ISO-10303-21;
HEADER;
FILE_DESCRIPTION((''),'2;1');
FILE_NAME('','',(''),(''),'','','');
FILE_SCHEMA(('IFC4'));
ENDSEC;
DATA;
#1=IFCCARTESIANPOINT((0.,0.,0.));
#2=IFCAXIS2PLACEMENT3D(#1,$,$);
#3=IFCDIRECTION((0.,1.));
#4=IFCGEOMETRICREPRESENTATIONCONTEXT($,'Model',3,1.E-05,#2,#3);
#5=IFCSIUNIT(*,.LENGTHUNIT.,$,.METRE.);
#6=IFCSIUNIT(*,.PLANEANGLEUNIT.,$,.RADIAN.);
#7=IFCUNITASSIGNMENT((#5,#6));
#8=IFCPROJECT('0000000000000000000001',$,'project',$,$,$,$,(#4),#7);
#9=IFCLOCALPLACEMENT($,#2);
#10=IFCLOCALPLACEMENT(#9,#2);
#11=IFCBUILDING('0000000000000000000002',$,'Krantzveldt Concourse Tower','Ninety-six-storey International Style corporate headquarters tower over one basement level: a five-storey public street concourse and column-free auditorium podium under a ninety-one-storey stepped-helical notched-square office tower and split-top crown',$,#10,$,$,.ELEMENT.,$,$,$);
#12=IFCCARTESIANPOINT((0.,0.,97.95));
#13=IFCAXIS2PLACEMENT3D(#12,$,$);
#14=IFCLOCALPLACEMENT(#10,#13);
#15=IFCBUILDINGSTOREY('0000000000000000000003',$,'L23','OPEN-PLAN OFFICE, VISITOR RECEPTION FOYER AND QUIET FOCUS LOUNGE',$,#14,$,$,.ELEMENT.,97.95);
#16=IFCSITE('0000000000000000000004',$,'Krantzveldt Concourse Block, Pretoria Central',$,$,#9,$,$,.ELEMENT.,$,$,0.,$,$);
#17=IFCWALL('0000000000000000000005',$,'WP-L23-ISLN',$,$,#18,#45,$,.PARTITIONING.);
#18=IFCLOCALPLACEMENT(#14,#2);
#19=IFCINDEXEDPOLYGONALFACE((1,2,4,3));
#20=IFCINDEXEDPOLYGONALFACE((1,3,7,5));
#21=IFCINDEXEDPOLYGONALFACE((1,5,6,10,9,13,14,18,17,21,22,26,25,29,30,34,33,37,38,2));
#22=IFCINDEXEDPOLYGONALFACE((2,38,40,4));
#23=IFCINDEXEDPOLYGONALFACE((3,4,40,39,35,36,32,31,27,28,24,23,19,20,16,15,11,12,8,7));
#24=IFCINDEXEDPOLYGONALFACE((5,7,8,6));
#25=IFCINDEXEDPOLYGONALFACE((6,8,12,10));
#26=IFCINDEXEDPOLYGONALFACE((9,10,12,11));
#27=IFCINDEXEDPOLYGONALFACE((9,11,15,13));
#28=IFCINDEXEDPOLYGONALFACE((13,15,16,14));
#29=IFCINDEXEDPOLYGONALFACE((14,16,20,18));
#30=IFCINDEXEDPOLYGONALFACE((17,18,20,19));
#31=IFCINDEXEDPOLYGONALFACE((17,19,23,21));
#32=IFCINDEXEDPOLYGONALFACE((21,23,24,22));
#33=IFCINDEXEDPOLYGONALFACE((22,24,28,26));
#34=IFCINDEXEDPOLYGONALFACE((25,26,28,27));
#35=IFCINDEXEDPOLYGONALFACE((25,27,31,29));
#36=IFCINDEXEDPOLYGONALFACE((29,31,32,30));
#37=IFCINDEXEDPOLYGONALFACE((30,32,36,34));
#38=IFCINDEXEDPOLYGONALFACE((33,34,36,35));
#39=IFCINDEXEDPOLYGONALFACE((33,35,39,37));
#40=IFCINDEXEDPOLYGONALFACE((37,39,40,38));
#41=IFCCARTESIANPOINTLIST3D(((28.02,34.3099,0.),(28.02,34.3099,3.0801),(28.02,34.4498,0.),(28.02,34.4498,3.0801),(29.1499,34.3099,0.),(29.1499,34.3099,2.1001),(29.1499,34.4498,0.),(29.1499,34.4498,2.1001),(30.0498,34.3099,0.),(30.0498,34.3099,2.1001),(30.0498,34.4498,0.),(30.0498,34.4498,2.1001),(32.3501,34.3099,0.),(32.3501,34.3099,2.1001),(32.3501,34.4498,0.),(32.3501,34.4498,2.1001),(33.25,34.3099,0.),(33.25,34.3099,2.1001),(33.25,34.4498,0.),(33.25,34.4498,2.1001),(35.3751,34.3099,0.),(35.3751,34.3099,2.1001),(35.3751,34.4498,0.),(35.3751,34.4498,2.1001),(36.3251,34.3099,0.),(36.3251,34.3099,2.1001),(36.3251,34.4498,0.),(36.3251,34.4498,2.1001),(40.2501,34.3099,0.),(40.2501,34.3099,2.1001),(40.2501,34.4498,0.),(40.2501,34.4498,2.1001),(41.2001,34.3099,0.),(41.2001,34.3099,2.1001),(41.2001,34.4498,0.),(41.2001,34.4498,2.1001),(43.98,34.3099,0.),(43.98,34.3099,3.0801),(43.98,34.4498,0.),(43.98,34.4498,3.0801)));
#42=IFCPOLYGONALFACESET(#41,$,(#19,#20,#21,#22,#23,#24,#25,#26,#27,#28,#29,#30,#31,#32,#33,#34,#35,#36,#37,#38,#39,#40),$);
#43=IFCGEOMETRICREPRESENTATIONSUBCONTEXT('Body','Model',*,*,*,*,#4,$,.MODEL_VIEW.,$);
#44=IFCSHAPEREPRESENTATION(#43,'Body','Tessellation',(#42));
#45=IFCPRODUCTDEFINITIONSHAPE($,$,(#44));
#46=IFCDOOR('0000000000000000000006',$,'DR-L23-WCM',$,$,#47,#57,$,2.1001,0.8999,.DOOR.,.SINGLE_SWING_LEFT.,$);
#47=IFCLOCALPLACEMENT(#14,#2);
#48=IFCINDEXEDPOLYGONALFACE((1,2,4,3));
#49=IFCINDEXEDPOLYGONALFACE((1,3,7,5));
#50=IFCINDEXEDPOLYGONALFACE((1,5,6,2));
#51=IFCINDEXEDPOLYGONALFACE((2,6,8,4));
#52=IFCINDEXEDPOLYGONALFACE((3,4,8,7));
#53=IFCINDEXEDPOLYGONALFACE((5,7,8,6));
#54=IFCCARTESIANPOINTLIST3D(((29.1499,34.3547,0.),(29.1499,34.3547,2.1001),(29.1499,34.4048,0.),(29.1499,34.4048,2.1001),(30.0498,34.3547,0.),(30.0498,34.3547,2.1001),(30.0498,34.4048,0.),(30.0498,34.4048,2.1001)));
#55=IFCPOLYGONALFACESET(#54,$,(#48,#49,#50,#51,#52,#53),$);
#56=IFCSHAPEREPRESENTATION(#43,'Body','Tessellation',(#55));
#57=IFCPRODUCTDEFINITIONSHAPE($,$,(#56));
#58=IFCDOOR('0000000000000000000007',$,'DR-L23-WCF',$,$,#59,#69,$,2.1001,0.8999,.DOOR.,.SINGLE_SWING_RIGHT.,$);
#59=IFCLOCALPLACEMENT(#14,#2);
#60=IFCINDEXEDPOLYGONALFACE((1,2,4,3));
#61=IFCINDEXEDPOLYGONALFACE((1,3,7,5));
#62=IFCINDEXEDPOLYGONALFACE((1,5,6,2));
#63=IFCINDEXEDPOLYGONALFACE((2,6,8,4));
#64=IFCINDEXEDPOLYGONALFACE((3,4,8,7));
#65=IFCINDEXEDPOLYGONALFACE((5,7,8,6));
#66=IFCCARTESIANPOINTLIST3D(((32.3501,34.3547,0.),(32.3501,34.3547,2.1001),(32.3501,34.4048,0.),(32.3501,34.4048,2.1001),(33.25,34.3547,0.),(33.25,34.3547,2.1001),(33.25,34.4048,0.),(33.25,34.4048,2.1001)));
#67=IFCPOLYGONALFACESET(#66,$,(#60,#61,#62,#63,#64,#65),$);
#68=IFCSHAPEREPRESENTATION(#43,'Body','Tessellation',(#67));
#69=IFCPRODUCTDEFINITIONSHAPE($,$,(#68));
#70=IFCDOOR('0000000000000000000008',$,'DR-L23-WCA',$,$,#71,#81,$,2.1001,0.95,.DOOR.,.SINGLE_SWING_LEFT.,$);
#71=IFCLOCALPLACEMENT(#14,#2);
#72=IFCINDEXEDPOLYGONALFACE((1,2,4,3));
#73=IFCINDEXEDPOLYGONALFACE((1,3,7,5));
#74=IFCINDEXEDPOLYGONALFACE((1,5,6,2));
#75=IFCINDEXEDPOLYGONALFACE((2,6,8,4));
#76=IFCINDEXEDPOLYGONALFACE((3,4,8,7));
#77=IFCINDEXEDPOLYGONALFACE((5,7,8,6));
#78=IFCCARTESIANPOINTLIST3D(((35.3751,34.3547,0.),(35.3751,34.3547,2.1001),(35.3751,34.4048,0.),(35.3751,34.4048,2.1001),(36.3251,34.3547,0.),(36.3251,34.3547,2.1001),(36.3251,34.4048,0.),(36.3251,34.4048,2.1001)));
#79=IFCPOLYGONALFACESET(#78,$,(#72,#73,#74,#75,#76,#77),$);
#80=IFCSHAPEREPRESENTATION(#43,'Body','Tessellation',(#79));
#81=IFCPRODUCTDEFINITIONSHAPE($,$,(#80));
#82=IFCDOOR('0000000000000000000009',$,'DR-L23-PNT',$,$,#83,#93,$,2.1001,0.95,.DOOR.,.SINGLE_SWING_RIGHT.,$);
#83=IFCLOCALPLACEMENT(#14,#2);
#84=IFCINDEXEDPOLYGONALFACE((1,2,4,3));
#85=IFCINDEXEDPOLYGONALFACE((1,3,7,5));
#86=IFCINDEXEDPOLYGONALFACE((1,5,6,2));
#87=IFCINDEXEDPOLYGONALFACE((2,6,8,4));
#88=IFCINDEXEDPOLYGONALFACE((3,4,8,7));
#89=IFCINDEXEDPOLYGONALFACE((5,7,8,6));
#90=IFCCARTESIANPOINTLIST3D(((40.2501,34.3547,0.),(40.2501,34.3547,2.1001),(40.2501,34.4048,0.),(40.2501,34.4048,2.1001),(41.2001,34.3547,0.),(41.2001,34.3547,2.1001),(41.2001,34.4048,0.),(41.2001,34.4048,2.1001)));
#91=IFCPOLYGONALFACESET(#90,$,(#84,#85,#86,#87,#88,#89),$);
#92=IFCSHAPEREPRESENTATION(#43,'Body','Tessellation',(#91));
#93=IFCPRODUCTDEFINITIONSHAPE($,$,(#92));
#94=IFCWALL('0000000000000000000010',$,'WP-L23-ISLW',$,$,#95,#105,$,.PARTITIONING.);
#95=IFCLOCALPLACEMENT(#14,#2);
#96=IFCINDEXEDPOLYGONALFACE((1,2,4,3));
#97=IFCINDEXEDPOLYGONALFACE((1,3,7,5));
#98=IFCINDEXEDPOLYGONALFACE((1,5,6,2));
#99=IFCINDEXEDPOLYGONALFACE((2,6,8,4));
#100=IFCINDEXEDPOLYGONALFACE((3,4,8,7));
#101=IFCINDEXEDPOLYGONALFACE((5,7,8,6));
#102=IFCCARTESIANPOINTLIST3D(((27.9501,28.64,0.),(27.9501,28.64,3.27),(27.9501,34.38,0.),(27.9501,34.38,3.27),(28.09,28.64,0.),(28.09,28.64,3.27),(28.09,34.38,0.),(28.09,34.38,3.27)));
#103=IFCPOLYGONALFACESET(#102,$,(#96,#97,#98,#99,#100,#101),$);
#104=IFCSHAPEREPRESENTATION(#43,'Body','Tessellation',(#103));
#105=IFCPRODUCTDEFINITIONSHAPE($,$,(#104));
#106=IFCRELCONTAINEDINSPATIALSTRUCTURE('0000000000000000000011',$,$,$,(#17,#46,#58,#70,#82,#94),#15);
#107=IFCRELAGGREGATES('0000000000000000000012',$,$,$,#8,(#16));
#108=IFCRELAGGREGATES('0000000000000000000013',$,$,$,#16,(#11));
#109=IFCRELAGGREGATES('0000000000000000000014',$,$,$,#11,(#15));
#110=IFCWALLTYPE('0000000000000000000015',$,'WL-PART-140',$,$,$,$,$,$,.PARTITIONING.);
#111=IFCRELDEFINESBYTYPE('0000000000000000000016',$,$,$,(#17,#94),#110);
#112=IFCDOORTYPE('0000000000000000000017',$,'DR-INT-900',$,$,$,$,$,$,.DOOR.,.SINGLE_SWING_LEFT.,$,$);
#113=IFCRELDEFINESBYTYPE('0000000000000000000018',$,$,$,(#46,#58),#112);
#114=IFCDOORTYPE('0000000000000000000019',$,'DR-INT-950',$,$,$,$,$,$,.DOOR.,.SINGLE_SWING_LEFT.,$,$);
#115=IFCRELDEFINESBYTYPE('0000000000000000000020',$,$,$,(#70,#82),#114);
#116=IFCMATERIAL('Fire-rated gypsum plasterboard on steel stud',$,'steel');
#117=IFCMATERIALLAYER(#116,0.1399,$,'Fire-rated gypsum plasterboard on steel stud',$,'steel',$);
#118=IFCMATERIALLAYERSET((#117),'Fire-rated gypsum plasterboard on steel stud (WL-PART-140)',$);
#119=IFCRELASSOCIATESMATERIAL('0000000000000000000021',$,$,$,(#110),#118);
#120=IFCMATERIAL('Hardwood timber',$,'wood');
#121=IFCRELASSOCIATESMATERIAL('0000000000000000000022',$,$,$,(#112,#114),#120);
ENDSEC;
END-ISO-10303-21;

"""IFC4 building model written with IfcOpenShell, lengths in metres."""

from ifc_helpers import new_model, si_unit, direction, frame, frame_2d, origin, place, context, subcontext, project, spatial, rectangle, extrude, material, layer, layer_set, type_object, element, fill, save


model = new_model("IFC4")

# Units and contexts
model_context = context("Model", 3, precision=1e-05, world=origin(), true_north=direction((0.0, 1.0)))
body_context = subcontext(model_context, "Body", "Model", "MODEL_VIEW")
ifc_project = project(units=[si_unit("LENGTHUNIT", "METRE"), si_unit("PLANEANGLEUNIT", "RADIAN")], contexts=[model_context])

# Site, building, storey
site_placement = place(None, origin())
site = spatial("IfcSite", under=ifc_project, at=site_placement, Name="Krantzveldt Concourse Block, Pretoria Central", CompositionType="ELEMENT", RefElevation=0.0)
building_placement = place(site_placement, origin())
building = spatial("IfcBuilding", under=site, at=building_placement, Name="Krantzveldt Concourse Tower", Description="Ninety-six-storey International Style corporate headquarters tower over one basement level: a five-storey public street concourse and column-free auditorium podium under a ninety-one-storey stepped-helical notched-square office tower and split-top crown", CompositionType="ELEMENT")
storey_placement = place(building_placement, frame((0.0, 0.0, 97.95)))
storey = spatial("IfcBuildingStorey", under=building, at=storey_placement, Name="L23", Description="OPEN-PLAN OFFICE, VISITOR RECEPTION FOYER AND QUIET FOCUS LOUNGE", CompositionType="ELEMENT", Elevation=97.95)

# Shared definitions
ifc_material_1 = material(Name="Fire-rated gypsum plasterboard on steel stud", Category="steel")

# Shared definitions
ifc_layer_1 = layer(ifc_material_1, 0.1399, Name="Fire-rated gypsum plasterboard on steel stud", Category="steel")
ifc_layer_set_1 = layer_set([ifc_layer_1], Name="Fire-rated gypsum plasterboard on steel stud (WL-PART-140)")
wall_type_1 = type_object("IfcWallType", Name="WL-PART-140", PredefinedType="PARTITIONING", material=ifc_layer_set_1)
ifc_material_2 = material(Name="Hardwood timber", Category="wood")

# Wall, openings, doors
wall_1_placement = place(storey_placement, frame((28.02, 34.3799, 0.0), z_axis=(0.0, 0.0, 1.0), x_axis=(1.0, 0.0, 0.0)))
wall_1 = element("IfcWall", 1, at=wall_1_placement, inside=storey, type_object=wall_type_1, Name="WP-L23-ISLN", PredefinedType="PARTITIONING", context=body_context, shape_type="SweptSolid", body=[
    extrude(rectangle(XDim=15.96, YDim=0.1399, at=frame_2d((7.98, 0.0))), origin(), (0.0, 0.0, 1.0), 3.0801),
])
opening_1_placement = place(wall_1_placement, frame((1.1299, 0.0, 0.0)))
opening_1 = element("IfcOpeningElement", 2, at=opening_1_placement, cuts=wall_1, PredefinedType="OPENING", context=body_context, shape_type="SweptSolid", body=[
    extrude(rectangle(XDim=0.8999, YDim=2.1001, at=frame_2d((0.45, 1.05))), frame((0.0, 0.0801, 0.0), z_axis=(0.0, -1.0, 0.0), x_axis=(1.0, 0.0, 0.0)), (0.0, 0.0, 1.0), 0.1599),
])
opening_2_placement = place(wall_1_placement, frame((4.3301, 0.0, 0.0)))
opening_2 = element("IfcOpeningElement", 3, at=opening_2_placement, cuts=wall_1, PredefinedType="OPENING", context=body_context, shape_type="SweptSolid", body=[
    extrude(rectangle(XDim=0.8999, YDim=2.1001, at=frame_2d((0.45, 1.05))), frame((0.0, 0.0801, 0.0), z_axis=(0.0, -1.0, 0.0), x_axis=(1.0, 0.0, 0.0)), (0.0, 0.0, 1.0), 0.1599),
])
opening_3_placement = place(wall_1_placement, frame((7.355, 0.0, 0.0)))
opening_3 = element("IfcOpeningElement", 4, at=opening_3_placement, cuts=wall_1, PredefinedType="OPENING", context=body_context, shape_type="SweptSolid", body=[
    extrude(rectangle(XDim=0.95, YDim=2.1001, at=frame_2d((0.4751, 1.05))), frame((0.0, 0.0801, 0.0), z_axis=(0.0, -1.0, 0.0), x_axis=(1.0, 0.0, 0.0)), (0.0, 0.0, 1.0), 0.1599),
])
opening_4_placement = place(wall_1_placement, frame((12.23, 0.0, 0.0)))
opening_4 = element("IfcOpeningElement", 5, at=opening_4_placement, cuts=wall_1, PredefinedType="OPENING", context=body_context, shape_type="SweptSolid", body=[
    extrude(rectangle(XDim=0.95, YDim=2.1001, at=frame_2d((0.4751, 1.05))), frame((0.0, 0.0801, 0.0), z_axis=(0.0, -1.0, 0.0), x_axis=(1.0, 0.0, 0.0)), (0.0, 0.0, 1.0), 0.1599),
])
door_type_1 = type_object("IfcDoorType", Name="DR-INT-900", OperationType="SINGLE_SWING_LEFT", PredefinedType="DOOR", material=ifc_material_2)
door_1_placement = place(opening_1_placement, origin())
door_1 = element("IfcDoor", 6, at=door_1_placement, inside=storey, type_object=door_type_1, Name="DR-L23-WCM", OperationType="SINGLE_SWING_LEFT", OverallHeight=2.1001, OverallWidth=0.8999, PredefinedType="DOOR", context=body_context, shape_type="SweptSolid", body=[
    extrude(rectangle(XDim=0.8999, YDim=2.1001, at=frame_2d((0.45, 1.05))), frame((0.0, 0.0249, 0.0), z_axis=(0.0, -1.0, 0.0), x_axis=(1.0, 0.0, 0.0)), (0.0, 0.0, 1.0), 0.05),
])
fill(opening_1, door_1)
door_2_placement = place(opening_2_placement, origin())
door_2 = element("IfcDoor", 7, at=door_2_placement, inside=storey, type_object=door_type_1, Name="DR-L23-WCF", OperationType="SINGLE_SWING_RIGHT", OverallHeight=2.1001, OverallWidth=0.8999, PredefinedType="DOOR", context=body_context, shape_type="SweptSolid", body=[
    extrude(rectangle(XDim=0.8999, YDim=2.1001, at=frame_2d((0.45, 1.05))), frame((0.0, 0.0249, 0.0), z_axis=(0.0, -1.0, 0.0), x_axis=(1.0, 0.0, 0.0)), (0.0, 0.0, 1.0), 0.05),
])
fill(opening_2, door_2)
door_type_2 = type_object("IfcDoorType", Name="DR-INT-950", OperationType="SINGLE_SWING_LEFT", PredefinedType="DOOR", material=ifc_material_2)
door_3_placement = place(opening_3_placement, origin())
door_3 = element("IfcDoor", 8, at=door_3_placement, inside=storey, type_object=door_type_2, Name="DR-L23-WCA", OperationType="SINGLE_SWING_LEFT", OverallHeight=2.1001, OverallWidth=0.95, PredefinedType="DOOR", context=body_context, shape_type="SweptSolid", body=[
    extrude(rectangle(XDim=0.95, YDim=2.1001, at=frame_2d((0.4751, 1.05))), frame((0.0, 0.0249, 0.0), z_axis=(0.0, -1.0, 0.0), x_axis=(1.0, 0.0, 0.0)), (0.0, 0.0, 1.0), 0.05),
])
fill(opening_3, door_3)
door_4_placement = place(opening_4_placement, origin())
door_4 = element("IfcDoor", 9, at=door_4_placement, inside=storey, type_object=door_type_2, Name="DR-L23-PNT", OperationType="SINGLE_SWING_RIGHT", OverallHeight=2.1001, OverallWidth=0.95, PredefinedType="DOOR", context=body_context, shape_type="SweptSolid", body=[
    extrude(rectangle(XDim=0.95, YDim=2.1001, at=frame_2d((0.4751, 1.05))), frame((0.0, 0.0249, 0.0), z_axis=(0.0, -1.0, 0.0), x_axis=(1.0, 0.0, 0.0)), (0.0, 0.0, 1.0), 0.05),
])
fill(opening_4, door_4)

# Wall
wall_2_placement = place(storey_placement, frame((28.02, 28.6399, 0.0), z_axis=(0.0, 0.0, 1.0), x_axis=(0.0, 1.0, 0.0)))
element("IfcWall", 10, at=wall_2_placement, inside=storey, type_object=wall_type_1, Name="WP-L23-ISLW", PredefinedType="PARTITIONING", context=body_context, shape_type="SweptSolid", body=[
    extrude(rectangle(XDim=5.74, YDim=0.1399, at=frame_2d((2.8701, 0.0))), origin(), (0.0, 0.0, 1.0), 3.27),
])

save(model, "model.ifc")
